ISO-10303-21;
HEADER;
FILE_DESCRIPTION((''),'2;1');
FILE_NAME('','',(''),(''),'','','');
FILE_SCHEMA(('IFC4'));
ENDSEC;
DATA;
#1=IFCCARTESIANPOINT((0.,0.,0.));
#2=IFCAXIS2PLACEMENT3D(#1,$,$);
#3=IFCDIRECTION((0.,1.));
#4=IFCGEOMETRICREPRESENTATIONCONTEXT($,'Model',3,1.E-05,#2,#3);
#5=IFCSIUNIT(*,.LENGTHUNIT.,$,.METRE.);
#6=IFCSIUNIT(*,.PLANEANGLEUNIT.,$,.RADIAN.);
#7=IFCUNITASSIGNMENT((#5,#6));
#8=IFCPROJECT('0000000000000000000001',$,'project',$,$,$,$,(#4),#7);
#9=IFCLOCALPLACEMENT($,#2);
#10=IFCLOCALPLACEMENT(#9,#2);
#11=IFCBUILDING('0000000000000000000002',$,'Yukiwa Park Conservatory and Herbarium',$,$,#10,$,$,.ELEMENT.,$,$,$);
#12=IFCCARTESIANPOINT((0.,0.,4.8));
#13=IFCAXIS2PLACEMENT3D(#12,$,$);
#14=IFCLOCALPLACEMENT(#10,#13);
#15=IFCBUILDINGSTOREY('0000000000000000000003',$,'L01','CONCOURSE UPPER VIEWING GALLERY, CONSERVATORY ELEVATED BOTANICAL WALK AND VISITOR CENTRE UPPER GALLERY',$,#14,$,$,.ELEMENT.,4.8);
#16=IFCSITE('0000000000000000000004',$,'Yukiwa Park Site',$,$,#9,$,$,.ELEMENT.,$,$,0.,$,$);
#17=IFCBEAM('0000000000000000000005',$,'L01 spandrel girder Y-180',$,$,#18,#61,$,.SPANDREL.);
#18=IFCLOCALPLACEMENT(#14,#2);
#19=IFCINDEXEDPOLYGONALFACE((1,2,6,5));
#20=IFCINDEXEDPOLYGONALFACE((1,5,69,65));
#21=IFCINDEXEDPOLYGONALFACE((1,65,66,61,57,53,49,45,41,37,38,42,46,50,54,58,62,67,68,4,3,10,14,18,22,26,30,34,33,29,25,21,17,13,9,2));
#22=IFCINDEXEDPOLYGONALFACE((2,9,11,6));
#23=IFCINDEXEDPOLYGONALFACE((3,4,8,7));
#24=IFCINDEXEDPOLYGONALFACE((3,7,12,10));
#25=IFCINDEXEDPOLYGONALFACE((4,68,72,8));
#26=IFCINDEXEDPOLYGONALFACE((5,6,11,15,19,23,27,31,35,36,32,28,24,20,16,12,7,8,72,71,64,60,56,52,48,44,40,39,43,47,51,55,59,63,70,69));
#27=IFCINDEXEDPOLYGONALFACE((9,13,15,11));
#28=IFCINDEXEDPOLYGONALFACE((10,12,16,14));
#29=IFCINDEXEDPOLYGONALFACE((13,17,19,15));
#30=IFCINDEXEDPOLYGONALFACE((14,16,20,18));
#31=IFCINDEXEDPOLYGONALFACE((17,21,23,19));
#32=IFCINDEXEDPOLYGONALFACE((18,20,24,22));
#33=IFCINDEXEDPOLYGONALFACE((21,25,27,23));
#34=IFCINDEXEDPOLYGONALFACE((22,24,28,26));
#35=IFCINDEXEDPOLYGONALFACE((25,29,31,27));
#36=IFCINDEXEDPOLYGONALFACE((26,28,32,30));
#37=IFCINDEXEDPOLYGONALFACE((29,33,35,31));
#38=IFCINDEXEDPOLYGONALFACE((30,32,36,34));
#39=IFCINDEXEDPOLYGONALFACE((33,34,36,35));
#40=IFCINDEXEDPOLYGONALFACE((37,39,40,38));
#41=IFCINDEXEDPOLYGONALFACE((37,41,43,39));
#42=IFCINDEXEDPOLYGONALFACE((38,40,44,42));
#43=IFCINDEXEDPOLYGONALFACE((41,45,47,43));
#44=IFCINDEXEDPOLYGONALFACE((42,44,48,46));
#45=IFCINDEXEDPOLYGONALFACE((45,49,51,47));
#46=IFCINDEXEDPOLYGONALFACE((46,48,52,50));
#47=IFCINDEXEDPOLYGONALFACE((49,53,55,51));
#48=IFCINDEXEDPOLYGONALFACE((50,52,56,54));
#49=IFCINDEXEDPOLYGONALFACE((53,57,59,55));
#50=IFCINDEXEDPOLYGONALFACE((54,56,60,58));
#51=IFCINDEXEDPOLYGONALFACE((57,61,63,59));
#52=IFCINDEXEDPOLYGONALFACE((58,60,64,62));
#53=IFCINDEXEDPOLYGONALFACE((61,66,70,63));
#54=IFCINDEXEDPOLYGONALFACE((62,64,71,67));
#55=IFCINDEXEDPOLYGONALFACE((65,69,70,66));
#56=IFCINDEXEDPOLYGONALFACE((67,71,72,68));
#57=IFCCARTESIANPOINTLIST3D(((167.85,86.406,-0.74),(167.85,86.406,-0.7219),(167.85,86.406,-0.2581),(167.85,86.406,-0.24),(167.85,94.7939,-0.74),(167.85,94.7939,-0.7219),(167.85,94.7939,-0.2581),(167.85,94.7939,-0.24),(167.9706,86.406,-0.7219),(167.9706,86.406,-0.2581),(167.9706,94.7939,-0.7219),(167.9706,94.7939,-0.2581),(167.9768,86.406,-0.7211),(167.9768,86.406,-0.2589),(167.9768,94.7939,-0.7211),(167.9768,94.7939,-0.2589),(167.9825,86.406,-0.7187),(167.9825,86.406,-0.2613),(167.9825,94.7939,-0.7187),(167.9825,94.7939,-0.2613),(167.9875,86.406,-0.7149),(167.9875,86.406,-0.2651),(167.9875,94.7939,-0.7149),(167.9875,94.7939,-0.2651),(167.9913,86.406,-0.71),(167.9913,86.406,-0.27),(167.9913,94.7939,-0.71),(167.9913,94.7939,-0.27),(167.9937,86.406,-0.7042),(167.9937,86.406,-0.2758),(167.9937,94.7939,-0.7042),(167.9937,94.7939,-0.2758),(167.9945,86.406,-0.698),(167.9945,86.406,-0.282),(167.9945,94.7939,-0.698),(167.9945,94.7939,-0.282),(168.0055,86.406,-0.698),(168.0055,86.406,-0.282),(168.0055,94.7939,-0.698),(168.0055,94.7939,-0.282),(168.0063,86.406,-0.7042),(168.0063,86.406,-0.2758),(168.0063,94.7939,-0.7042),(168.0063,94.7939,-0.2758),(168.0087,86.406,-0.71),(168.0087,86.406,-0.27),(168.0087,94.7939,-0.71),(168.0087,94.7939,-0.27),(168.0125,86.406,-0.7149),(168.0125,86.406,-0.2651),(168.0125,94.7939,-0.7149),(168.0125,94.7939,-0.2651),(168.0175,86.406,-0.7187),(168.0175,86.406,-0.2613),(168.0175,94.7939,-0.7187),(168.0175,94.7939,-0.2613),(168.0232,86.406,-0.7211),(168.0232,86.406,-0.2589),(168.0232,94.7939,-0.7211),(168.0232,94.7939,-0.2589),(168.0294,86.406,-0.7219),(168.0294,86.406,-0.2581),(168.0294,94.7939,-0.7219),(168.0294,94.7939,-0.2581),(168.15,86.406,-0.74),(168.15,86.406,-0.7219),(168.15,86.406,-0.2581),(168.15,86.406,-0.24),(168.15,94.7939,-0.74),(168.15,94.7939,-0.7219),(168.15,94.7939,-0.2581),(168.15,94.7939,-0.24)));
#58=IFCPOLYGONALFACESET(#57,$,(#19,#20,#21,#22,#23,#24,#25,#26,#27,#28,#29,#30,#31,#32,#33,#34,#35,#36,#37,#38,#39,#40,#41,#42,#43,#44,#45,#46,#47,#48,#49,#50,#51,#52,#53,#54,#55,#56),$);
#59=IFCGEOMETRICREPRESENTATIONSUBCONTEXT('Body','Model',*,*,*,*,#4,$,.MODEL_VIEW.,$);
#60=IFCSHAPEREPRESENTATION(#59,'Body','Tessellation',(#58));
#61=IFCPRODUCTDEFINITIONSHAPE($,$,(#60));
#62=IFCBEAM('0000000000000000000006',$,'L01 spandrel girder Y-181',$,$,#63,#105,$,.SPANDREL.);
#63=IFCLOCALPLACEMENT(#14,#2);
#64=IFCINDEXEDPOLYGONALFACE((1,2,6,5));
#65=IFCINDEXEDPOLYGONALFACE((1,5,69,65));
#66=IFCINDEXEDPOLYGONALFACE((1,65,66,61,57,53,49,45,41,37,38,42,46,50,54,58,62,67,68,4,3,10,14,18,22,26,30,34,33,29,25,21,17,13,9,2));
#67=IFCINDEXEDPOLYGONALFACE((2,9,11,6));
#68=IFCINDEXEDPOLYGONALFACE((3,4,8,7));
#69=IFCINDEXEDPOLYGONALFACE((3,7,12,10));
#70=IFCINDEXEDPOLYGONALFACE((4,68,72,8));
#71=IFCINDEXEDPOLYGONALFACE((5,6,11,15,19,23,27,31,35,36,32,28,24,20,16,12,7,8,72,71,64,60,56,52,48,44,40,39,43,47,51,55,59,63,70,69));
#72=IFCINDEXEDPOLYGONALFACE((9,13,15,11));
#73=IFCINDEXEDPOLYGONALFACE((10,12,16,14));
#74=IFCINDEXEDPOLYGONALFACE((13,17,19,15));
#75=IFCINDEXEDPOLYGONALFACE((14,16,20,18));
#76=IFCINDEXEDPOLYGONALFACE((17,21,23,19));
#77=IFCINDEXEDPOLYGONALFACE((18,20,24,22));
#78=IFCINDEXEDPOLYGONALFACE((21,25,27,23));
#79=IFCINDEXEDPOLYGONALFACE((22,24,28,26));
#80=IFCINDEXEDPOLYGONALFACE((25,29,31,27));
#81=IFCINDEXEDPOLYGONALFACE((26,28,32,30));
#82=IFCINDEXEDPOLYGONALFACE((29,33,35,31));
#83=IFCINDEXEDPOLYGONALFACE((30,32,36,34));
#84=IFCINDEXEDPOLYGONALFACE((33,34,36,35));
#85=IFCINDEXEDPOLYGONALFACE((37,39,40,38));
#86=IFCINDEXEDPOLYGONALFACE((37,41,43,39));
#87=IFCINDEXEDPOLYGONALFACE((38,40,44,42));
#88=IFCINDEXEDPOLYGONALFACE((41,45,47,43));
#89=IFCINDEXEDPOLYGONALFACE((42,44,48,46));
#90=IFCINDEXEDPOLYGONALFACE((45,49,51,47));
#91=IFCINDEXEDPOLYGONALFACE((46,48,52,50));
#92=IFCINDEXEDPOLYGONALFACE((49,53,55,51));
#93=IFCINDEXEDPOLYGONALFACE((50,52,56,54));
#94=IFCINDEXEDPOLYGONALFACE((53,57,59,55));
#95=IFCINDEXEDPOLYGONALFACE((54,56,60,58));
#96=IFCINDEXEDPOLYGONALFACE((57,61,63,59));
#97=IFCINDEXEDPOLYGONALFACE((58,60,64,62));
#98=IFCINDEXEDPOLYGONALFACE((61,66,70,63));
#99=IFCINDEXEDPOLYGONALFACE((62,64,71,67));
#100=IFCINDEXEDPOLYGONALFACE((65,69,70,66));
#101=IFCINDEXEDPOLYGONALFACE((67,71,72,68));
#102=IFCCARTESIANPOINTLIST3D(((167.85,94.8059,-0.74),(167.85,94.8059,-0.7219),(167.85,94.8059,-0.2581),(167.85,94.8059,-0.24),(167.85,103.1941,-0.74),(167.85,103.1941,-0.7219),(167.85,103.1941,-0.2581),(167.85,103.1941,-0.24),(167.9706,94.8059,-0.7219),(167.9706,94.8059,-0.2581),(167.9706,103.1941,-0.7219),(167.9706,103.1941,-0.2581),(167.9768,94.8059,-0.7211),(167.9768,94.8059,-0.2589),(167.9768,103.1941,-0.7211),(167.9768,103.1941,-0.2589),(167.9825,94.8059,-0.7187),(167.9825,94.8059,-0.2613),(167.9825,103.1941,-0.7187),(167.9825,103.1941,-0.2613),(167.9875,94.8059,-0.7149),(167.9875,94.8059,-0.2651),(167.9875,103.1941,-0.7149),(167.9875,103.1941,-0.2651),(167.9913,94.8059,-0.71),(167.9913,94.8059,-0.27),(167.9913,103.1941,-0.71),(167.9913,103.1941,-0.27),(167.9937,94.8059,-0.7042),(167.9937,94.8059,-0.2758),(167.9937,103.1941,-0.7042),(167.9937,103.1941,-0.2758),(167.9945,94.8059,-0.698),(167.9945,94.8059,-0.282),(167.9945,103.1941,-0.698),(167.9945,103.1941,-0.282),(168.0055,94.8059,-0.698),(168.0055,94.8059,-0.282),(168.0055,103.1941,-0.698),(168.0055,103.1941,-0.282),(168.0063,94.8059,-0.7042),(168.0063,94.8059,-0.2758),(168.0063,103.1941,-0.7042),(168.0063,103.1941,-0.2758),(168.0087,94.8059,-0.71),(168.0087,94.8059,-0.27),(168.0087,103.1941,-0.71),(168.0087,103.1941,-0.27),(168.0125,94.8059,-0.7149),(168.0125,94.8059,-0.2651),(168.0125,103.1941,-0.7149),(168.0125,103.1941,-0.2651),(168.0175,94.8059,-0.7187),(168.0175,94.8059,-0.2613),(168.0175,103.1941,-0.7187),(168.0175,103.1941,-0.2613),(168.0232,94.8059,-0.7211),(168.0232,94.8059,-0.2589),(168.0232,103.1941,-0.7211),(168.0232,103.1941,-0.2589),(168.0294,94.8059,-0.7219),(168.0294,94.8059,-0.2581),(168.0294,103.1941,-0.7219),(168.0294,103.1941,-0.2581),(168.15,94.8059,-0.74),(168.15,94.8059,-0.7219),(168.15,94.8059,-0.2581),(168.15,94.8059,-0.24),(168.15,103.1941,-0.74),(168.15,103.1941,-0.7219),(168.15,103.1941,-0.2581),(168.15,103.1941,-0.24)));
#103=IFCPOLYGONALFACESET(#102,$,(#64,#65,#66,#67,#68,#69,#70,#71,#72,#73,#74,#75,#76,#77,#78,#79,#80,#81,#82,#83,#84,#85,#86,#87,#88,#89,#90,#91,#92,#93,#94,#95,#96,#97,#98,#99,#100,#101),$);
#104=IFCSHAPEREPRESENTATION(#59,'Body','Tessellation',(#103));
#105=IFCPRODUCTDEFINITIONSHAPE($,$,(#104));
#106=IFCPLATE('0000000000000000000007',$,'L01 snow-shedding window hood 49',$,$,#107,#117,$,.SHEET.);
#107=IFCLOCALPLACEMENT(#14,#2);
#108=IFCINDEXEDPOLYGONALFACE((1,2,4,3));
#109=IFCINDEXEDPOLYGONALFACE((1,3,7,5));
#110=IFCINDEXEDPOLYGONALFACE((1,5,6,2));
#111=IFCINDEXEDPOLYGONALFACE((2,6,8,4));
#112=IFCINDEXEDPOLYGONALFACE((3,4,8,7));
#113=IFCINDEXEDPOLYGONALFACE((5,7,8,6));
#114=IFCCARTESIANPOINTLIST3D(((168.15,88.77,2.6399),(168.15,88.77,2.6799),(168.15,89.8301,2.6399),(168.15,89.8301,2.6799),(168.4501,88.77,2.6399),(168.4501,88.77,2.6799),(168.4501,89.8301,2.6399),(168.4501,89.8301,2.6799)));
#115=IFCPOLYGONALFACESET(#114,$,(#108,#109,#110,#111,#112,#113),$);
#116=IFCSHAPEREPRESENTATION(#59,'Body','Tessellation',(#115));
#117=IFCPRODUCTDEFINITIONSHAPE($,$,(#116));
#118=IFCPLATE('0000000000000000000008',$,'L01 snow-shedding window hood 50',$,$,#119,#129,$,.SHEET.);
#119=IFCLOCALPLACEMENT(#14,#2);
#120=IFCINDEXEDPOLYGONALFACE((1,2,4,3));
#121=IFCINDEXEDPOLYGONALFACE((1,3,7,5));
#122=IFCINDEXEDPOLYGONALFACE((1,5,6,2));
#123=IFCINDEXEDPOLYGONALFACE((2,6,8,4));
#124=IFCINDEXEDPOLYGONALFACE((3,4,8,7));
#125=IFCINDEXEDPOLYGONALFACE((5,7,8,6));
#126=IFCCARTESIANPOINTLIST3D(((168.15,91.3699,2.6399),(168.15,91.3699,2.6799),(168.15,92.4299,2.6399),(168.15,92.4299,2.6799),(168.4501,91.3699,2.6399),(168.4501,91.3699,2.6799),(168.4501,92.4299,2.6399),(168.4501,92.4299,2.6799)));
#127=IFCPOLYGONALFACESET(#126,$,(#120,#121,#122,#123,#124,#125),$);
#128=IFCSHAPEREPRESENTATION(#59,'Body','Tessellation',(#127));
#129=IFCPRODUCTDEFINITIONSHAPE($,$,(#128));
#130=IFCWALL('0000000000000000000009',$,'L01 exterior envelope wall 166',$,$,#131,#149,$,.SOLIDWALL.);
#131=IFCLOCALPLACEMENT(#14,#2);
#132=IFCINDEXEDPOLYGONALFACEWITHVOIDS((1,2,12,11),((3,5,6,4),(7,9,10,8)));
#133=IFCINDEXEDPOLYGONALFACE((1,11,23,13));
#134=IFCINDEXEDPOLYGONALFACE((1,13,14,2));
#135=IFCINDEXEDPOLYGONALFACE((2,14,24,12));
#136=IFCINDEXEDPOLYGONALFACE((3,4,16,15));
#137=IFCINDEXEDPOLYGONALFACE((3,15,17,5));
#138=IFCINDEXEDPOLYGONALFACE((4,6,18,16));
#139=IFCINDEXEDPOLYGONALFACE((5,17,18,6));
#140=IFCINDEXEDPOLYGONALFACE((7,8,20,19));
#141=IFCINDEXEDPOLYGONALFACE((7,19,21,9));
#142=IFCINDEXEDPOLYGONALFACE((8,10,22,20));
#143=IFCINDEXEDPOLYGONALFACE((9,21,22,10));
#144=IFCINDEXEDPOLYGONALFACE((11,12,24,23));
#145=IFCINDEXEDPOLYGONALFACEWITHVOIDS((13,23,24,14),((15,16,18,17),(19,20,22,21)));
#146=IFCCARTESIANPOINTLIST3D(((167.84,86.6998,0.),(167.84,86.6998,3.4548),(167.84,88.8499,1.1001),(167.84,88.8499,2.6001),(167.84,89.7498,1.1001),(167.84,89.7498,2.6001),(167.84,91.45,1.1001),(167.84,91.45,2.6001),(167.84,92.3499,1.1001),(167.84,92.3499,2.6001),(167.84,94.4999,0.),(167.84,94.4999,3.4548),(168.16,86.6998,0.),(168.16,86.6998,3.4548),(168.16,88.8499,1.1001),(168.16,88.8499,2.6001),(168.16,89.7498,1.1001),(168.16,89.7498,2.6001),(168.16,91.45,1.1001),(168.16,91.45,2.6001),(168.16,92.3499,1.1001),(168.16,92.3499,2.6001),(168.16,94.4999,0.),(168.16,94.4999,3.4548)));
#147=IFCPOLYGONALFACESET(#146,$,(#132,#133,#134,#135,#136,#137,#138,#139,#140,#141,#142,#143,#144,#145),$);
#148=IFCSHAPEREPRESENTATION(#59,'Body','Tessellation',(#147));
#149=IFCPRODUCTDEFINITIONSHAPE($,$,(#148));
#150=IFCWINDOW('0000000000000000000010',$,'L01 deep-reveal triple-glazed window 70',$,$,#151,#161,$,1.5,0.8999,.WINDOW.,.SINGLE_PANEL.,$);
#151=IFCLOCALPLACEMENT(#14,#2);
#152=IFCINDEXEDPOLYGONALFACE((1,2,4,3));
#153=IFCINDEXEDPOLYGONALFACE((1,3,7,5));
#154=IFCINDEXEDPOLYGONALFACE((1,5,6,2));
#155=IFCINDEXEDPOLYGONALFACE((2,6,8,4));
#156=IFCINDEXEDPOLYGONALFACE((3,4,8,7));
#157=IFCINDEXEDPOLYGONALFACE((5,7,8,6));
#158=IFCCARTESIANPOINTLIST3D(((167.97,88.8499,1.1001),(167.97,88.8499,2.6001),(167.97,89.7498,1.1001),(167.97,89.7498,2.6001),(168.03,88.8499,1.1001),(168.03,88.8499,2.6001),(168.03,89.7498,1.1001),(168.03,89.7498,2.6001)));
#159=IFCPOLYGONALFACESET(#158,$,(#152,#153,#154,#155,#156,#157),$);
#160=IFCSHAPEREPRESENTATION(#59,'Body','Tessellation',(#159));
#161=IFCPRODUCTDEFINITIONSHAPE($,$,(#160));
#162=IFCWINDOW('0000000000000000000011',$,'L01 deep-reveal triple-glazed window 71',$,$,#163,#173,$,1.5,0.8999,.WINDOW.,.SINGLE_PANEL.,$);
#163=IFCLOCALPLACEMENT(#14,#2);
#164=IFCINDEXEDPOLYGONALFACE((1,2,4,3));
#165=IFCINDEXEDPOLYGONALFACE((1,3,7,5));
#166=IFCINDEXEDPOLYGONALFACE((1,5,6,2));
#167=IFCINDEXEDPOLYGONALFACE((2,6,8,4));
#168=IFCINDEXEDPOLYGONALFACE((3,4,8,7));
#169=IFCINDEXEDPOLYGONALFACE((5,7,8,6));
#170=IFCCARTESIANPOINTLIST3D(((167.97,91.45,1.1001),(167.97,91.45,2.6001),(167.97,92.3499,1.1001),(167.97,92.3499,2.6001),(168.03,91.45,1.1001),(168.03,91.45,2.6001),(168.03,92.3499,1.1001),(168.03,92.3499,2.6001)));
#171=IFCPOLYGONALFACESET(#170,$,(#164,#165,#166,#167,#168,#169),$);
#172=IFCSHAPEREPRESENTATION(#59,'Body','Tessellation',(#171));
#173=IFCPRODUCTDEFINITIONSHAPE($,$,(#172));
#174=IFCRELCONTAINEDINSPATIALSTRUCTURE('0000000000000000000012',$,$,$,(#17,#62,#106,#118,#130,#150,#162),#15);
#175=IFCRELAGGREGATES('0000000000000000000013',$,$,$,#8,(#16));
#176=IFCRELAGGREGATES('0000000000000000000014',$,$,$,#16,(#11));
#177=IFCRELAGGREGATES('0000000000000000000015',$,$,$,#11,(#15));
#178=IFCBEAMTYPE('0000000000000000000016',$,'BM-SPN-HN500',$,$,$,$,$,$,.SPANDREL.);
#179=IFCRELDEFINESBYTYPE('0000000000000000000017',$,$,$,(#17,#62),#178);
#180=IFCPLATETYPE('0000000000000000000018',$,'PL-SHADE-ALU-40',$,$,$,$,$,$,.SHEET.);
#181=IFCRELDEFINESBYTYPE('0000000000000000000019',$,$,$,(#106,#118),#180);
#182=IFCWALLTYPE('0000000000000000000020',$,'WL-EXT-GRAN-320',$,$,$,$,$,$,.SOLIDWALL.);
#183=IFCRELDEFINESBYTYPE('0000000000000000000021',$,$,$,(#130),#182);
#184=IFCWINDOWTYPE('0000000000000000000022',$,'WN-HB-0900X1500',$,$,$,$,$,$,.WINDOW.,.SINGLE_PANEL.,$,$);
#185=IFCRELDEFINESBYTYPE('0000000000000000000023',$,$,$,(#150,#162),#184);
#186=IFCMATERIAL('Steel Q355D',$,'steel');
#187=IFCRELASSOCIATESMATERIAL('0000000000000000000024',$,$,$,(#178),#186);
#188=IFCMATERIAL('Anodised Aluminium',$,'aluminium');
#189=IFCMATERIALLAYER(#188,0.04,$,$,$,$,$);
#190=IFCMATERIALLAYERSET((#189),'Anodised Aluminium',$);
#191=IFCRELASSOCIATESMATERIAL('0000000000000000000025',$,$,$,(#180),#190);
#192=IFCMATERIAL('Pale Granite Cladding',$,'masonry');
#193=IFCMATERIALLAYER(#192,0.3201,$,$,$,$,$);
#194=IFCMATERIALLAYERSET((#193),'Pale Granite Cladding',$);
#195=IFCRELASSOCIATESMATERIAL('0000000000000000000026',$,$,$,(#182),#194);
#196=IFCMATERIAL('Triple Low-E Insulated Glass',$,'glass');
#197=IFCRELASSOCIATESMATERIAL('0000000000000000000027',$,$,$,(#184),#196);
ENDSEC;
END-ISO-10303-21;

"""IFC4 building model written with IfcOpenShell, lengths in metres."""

from ifc_helpers import new_model, si_unit, direction, frame, frame_2d, origin, origin_2d, place, context, subcontext, project, spatial, rectangle, i_section, extrude, material, layer, layer_set, material_profile, profile_set, type_object, element, fill, save


model = new_model("IFC4")

# Units and contexts
model_context = context("Model", 3, precision=1e-05, world=origin(), true_north=direction((0.0, 1.0)))
body_context = subcontext(model_context, "Body", "Model", "MODEL_VIEW")
ifc_project = project(units=[si_unit("LENGTHUNIT", "METRE"), si_unit("PLANEANGLEUNIT", "RADIAN")], contexts=[model_context])

# Site, building, storey
site_placement = place(None, origin())
site = spatial("IfcSite", under=ifc_project, at=site_placement, Name="Yukiwa Park Site", CompositionType="ELEMENT", RefElevation=0.0)
building_placement = place(site_placement, origin())
building = spatial("IfcBuilding", under=site, at=building_placement, Name="Yukiwa Park Conservatory and Herbarium", CompositionType="ELEMENT")
storey_placement = place(building_placement, frame((0.0, 0.0, 4.8)))
storey = spatial("IfcBuildingStorey", under=building, at=storey_placement, Name="L01", Description="CONCOURSE UPPER VIEWING GALLERY, CONSERVATORY ELEVATED BOTANICAL WALK AND VISITOR CENTRE UPPER GALLERY", CompositionType="ELEMENT", Elevation=4.8)

# Beams
ifc_material_1 = material(Name="Steel Q355D", Category="steel")
ifc_material_profile_1 = material_profile(ifc_material_1, i_section(OverallWidth=0.3, OverallDepth=0.5, WebThickness=0.011, FlangeThickness=0.0181, FilletRadius=0.0239, at=origin_2d()), Name="HM 500x300x11x18")
ifc_profile_set_1 = profile_set([ifc_material_profile_1], Name="Steel Q355D")
beam_type_1 = type_object("IfcBeamType", Name="BM-SPN-HN500", PredefinedType="SPANDREL", material=ifc_profile_set_1)
beam_1_placement = place(storey_placement, frame((168.0, 86.406, -0.49), z_axis=(0.0, 1.0, 0.0), x_axis=(-1.0, 0.0, 0.0)))
element("IfcBeam", 1, at=beam_1_placement, inside=storey, type_object=beam_type_1, Name="L01 spandrel girder Y-180", PredefinedType="SPANDREL", context=body_context, shape_type="SweptSolid", body=[
    extrude(i_section(OverallWidth=0.3, OverallDepth=0.5, WebThickness=0.011, FlangeThickness=0.0181, FilletRadius=0.0239, at=origin_2d()), origin(), (0.0, 0.0, 1.0), 8.3879),
])
beam_2_placement = place(storey_placement, frame((168.0, 94.8059, -0.49), z_axis=(0.0, 1.0, 0.0), x_axis=(-1.0, 0.0, 0.0)))
element("IfcBeam", 2, at=beam_2_placement, inside=storey, type_object=beam_type_1, Name="L01 spandrel girder Y-181", PredefinedType="SPANDREL", context=body_context, shape_type="SweptSolid", body=[
    extrude(i_section(OverallWidth=0.3, OverallDepth=0.5, WebThickness=0.011, FlangeThickness=0.0181, FilletRadius=0.0239, at=origin_2d()), origin(), (0.0, 0.0, 1.0), 8.3882),
])

# Plates
ifc_material_2 = material(Name="Anodised Aluminium", Category="aluminium")
ifc_layer_1 = layer(ifc_material_2, 0.04)
ifc_layer_set_1 = layer_set([ifc_layer_1], Name="Anodised Aluminium")
plate_type = type_object("IfcPlateType", Name="PL-SHADE-ALU-40", PredefinedType="SHEET", material=ifc_layer_set_1)
for number, where, z_axis, x_axis, name in (
    (3, (168.3, 89.3, 2.6399), (0.0, 0.0, 1.0), (0.0, 1.0, 0.0), "L01 snow-shedding window hood 49"),
    (4, (168.3, 91.8999, 2.6399), (0.0, 0.0, 1.0), (0.0, 1.0, 0.0), "L01 snow-shedding window hood 50"),
):
    element("IfcPlate", number, at=place(storey_placement, frame(where, z_axis=z_axis, x_axis=x_axis)), inside=storey, type_object=plate_type, Name=name, PredefinedType="SHEET", context=body_context, shape_type="SweptSolid", body=[
        extrude(rectangle(XDim=1.0601, YDim=0.3, at=origin_2d()), origin(), (0.0, 0.0, 1.0), 0.04),
    ])

# Wall, openings, windows
ifc_material_3 = material(Name="Pale Granite Cladding", Category="masonry")
ifc_layer_2 = layer(ifc_material_3, 0.3201)
ifc_layer_set_2 = layer_set([ifc_layer_2], Name="Pale Granite Cladding")
wall_type_1 = type_object("IfcWallType", Name="WL-EXT-GRAN-320", PredefinedType="SOLIDWALL", material=ifc_layer_set_2)
wall_1_placement = place(storey_placement, frame((168.0, 86.7, 0.0), z_axis=(0.0, 0.0, 1.0), x_axis=(0.0, 1.0, 0.0)))
wall_1 = element("IfcWall", 5, at=wall_1_placement, inside=storey, type_object=wall_type_1, Name="L01 exterior envelope wall 166", PredefinedType="SOLIDWALL", context=body_context, shape_type="SweptSolid", body=[
    extrude(rectangle(XDim=7.8, YDim=0.3201, at=frame_2d((3.8999, 0.0))), origin(), (0.0, 0.0, 1.0), 3.4548),
])
opening_1_placement = place(wall_1_placement, frame((2.1499, 0.0, 1.1001)))
opening_1 = element("IfcOpeningElement", 6, at=opening_1_placement, cuts=wall_1, PredefinedType="OPENING", context=body_context, shape_type="SweptSolid", body=[
    extrude(rectangle(XDim=0.8999, YDim=1.5, at=frame_2d((0.45, 0.75))), frame((0.0, 0.1699, 0.0), z_axis=(0.0, -1.0, 0.0), x_axis=(1.0, 0.0, 0.0)), (0.0, 0.0, 1.0), 0.3401),
])
opening_2_placement = place(wall_1_placement, frame((4.75, 0.0, 1.1001)))
opening_2 = element("IfcOpeningElement", 7, at=opening_2_placement, cuts=wall_1, PredefinedType="OPENING", context=body_context, shape_type="SweptSolid", body=[
    extrude(rectangle(XDim=0.8999, YDim=1.5, at=frame_2d((0.45, 0.75))), frame((0.0, 0.1699, 0.0), z_axis=(0.0, -1.0, 0.0), x_axis=(1.0, 0.0, 0.0)), (0.0, 0.0, 1.0), 0.3401),
])
ifc_material_4 = material(Name="Triple Low-E Insulated Glass", Category="glass")
window_type_1 = type_object("IfcWindowType", Name="WN-HB-0900X1500", PartitioningType="SINGLE_PANEL", PredefinedType="WINDOW", material=ifc_material_4)
window_1_placement = place(opening_1_placement, origin())
window_1 = element("IfcWindow", 8, at=window_1_placement, inside=storey, type_object=window_type_1, Name="L01 deep-reveal triple-glazed window 70", OverallHeight=1.5, OverallWidth=0.8999, PartitioningType="SINGLE_PANEL", PredefinedType="WINDOW", context=body_context, shape_type="SweptSolid", body=[
    extrude(rectangle(XDim=0.8999, YDim=1.5, at=frame_2d((0.45, 0.75))), frame((0.0, 0.03, 0.0), z_axis=(0.0, -1.0, 0.0), x_axis=(1.0, 0.0, 0.0)), (0.0, 0.0, 1.0), 0.0601),
])
fill(opening_1, window_1)
window_2_placement = place(opening_2_placement, origin())
window_2 = element("IfcWindow", 9, at=window_2_placement, inside=storey, type_object=window_type_1, Name="L01 deep-reveal triple-glazed window 71", OverallHeight=1.5, OverallWidth=0.8999, PartitioningType="SINGLE_PANEL", PredefinedType="WINDOW", context=body_context, shape_type="SweptSolid", body=[
    extrude(rectangle(XDim=0.8999, YDim=1.5, at=frame_2d((0.45, 0.75))), frame((0.0, 0.03, 0.0), z_axis=(0.0, -1.0, 0.0), x_axis=(1.0, 0.0, 0.0)), (0.0, 0.0, 1.0), 0.0601),
])
fill(opening_2, window_2)

save(model, "model.ifc")
